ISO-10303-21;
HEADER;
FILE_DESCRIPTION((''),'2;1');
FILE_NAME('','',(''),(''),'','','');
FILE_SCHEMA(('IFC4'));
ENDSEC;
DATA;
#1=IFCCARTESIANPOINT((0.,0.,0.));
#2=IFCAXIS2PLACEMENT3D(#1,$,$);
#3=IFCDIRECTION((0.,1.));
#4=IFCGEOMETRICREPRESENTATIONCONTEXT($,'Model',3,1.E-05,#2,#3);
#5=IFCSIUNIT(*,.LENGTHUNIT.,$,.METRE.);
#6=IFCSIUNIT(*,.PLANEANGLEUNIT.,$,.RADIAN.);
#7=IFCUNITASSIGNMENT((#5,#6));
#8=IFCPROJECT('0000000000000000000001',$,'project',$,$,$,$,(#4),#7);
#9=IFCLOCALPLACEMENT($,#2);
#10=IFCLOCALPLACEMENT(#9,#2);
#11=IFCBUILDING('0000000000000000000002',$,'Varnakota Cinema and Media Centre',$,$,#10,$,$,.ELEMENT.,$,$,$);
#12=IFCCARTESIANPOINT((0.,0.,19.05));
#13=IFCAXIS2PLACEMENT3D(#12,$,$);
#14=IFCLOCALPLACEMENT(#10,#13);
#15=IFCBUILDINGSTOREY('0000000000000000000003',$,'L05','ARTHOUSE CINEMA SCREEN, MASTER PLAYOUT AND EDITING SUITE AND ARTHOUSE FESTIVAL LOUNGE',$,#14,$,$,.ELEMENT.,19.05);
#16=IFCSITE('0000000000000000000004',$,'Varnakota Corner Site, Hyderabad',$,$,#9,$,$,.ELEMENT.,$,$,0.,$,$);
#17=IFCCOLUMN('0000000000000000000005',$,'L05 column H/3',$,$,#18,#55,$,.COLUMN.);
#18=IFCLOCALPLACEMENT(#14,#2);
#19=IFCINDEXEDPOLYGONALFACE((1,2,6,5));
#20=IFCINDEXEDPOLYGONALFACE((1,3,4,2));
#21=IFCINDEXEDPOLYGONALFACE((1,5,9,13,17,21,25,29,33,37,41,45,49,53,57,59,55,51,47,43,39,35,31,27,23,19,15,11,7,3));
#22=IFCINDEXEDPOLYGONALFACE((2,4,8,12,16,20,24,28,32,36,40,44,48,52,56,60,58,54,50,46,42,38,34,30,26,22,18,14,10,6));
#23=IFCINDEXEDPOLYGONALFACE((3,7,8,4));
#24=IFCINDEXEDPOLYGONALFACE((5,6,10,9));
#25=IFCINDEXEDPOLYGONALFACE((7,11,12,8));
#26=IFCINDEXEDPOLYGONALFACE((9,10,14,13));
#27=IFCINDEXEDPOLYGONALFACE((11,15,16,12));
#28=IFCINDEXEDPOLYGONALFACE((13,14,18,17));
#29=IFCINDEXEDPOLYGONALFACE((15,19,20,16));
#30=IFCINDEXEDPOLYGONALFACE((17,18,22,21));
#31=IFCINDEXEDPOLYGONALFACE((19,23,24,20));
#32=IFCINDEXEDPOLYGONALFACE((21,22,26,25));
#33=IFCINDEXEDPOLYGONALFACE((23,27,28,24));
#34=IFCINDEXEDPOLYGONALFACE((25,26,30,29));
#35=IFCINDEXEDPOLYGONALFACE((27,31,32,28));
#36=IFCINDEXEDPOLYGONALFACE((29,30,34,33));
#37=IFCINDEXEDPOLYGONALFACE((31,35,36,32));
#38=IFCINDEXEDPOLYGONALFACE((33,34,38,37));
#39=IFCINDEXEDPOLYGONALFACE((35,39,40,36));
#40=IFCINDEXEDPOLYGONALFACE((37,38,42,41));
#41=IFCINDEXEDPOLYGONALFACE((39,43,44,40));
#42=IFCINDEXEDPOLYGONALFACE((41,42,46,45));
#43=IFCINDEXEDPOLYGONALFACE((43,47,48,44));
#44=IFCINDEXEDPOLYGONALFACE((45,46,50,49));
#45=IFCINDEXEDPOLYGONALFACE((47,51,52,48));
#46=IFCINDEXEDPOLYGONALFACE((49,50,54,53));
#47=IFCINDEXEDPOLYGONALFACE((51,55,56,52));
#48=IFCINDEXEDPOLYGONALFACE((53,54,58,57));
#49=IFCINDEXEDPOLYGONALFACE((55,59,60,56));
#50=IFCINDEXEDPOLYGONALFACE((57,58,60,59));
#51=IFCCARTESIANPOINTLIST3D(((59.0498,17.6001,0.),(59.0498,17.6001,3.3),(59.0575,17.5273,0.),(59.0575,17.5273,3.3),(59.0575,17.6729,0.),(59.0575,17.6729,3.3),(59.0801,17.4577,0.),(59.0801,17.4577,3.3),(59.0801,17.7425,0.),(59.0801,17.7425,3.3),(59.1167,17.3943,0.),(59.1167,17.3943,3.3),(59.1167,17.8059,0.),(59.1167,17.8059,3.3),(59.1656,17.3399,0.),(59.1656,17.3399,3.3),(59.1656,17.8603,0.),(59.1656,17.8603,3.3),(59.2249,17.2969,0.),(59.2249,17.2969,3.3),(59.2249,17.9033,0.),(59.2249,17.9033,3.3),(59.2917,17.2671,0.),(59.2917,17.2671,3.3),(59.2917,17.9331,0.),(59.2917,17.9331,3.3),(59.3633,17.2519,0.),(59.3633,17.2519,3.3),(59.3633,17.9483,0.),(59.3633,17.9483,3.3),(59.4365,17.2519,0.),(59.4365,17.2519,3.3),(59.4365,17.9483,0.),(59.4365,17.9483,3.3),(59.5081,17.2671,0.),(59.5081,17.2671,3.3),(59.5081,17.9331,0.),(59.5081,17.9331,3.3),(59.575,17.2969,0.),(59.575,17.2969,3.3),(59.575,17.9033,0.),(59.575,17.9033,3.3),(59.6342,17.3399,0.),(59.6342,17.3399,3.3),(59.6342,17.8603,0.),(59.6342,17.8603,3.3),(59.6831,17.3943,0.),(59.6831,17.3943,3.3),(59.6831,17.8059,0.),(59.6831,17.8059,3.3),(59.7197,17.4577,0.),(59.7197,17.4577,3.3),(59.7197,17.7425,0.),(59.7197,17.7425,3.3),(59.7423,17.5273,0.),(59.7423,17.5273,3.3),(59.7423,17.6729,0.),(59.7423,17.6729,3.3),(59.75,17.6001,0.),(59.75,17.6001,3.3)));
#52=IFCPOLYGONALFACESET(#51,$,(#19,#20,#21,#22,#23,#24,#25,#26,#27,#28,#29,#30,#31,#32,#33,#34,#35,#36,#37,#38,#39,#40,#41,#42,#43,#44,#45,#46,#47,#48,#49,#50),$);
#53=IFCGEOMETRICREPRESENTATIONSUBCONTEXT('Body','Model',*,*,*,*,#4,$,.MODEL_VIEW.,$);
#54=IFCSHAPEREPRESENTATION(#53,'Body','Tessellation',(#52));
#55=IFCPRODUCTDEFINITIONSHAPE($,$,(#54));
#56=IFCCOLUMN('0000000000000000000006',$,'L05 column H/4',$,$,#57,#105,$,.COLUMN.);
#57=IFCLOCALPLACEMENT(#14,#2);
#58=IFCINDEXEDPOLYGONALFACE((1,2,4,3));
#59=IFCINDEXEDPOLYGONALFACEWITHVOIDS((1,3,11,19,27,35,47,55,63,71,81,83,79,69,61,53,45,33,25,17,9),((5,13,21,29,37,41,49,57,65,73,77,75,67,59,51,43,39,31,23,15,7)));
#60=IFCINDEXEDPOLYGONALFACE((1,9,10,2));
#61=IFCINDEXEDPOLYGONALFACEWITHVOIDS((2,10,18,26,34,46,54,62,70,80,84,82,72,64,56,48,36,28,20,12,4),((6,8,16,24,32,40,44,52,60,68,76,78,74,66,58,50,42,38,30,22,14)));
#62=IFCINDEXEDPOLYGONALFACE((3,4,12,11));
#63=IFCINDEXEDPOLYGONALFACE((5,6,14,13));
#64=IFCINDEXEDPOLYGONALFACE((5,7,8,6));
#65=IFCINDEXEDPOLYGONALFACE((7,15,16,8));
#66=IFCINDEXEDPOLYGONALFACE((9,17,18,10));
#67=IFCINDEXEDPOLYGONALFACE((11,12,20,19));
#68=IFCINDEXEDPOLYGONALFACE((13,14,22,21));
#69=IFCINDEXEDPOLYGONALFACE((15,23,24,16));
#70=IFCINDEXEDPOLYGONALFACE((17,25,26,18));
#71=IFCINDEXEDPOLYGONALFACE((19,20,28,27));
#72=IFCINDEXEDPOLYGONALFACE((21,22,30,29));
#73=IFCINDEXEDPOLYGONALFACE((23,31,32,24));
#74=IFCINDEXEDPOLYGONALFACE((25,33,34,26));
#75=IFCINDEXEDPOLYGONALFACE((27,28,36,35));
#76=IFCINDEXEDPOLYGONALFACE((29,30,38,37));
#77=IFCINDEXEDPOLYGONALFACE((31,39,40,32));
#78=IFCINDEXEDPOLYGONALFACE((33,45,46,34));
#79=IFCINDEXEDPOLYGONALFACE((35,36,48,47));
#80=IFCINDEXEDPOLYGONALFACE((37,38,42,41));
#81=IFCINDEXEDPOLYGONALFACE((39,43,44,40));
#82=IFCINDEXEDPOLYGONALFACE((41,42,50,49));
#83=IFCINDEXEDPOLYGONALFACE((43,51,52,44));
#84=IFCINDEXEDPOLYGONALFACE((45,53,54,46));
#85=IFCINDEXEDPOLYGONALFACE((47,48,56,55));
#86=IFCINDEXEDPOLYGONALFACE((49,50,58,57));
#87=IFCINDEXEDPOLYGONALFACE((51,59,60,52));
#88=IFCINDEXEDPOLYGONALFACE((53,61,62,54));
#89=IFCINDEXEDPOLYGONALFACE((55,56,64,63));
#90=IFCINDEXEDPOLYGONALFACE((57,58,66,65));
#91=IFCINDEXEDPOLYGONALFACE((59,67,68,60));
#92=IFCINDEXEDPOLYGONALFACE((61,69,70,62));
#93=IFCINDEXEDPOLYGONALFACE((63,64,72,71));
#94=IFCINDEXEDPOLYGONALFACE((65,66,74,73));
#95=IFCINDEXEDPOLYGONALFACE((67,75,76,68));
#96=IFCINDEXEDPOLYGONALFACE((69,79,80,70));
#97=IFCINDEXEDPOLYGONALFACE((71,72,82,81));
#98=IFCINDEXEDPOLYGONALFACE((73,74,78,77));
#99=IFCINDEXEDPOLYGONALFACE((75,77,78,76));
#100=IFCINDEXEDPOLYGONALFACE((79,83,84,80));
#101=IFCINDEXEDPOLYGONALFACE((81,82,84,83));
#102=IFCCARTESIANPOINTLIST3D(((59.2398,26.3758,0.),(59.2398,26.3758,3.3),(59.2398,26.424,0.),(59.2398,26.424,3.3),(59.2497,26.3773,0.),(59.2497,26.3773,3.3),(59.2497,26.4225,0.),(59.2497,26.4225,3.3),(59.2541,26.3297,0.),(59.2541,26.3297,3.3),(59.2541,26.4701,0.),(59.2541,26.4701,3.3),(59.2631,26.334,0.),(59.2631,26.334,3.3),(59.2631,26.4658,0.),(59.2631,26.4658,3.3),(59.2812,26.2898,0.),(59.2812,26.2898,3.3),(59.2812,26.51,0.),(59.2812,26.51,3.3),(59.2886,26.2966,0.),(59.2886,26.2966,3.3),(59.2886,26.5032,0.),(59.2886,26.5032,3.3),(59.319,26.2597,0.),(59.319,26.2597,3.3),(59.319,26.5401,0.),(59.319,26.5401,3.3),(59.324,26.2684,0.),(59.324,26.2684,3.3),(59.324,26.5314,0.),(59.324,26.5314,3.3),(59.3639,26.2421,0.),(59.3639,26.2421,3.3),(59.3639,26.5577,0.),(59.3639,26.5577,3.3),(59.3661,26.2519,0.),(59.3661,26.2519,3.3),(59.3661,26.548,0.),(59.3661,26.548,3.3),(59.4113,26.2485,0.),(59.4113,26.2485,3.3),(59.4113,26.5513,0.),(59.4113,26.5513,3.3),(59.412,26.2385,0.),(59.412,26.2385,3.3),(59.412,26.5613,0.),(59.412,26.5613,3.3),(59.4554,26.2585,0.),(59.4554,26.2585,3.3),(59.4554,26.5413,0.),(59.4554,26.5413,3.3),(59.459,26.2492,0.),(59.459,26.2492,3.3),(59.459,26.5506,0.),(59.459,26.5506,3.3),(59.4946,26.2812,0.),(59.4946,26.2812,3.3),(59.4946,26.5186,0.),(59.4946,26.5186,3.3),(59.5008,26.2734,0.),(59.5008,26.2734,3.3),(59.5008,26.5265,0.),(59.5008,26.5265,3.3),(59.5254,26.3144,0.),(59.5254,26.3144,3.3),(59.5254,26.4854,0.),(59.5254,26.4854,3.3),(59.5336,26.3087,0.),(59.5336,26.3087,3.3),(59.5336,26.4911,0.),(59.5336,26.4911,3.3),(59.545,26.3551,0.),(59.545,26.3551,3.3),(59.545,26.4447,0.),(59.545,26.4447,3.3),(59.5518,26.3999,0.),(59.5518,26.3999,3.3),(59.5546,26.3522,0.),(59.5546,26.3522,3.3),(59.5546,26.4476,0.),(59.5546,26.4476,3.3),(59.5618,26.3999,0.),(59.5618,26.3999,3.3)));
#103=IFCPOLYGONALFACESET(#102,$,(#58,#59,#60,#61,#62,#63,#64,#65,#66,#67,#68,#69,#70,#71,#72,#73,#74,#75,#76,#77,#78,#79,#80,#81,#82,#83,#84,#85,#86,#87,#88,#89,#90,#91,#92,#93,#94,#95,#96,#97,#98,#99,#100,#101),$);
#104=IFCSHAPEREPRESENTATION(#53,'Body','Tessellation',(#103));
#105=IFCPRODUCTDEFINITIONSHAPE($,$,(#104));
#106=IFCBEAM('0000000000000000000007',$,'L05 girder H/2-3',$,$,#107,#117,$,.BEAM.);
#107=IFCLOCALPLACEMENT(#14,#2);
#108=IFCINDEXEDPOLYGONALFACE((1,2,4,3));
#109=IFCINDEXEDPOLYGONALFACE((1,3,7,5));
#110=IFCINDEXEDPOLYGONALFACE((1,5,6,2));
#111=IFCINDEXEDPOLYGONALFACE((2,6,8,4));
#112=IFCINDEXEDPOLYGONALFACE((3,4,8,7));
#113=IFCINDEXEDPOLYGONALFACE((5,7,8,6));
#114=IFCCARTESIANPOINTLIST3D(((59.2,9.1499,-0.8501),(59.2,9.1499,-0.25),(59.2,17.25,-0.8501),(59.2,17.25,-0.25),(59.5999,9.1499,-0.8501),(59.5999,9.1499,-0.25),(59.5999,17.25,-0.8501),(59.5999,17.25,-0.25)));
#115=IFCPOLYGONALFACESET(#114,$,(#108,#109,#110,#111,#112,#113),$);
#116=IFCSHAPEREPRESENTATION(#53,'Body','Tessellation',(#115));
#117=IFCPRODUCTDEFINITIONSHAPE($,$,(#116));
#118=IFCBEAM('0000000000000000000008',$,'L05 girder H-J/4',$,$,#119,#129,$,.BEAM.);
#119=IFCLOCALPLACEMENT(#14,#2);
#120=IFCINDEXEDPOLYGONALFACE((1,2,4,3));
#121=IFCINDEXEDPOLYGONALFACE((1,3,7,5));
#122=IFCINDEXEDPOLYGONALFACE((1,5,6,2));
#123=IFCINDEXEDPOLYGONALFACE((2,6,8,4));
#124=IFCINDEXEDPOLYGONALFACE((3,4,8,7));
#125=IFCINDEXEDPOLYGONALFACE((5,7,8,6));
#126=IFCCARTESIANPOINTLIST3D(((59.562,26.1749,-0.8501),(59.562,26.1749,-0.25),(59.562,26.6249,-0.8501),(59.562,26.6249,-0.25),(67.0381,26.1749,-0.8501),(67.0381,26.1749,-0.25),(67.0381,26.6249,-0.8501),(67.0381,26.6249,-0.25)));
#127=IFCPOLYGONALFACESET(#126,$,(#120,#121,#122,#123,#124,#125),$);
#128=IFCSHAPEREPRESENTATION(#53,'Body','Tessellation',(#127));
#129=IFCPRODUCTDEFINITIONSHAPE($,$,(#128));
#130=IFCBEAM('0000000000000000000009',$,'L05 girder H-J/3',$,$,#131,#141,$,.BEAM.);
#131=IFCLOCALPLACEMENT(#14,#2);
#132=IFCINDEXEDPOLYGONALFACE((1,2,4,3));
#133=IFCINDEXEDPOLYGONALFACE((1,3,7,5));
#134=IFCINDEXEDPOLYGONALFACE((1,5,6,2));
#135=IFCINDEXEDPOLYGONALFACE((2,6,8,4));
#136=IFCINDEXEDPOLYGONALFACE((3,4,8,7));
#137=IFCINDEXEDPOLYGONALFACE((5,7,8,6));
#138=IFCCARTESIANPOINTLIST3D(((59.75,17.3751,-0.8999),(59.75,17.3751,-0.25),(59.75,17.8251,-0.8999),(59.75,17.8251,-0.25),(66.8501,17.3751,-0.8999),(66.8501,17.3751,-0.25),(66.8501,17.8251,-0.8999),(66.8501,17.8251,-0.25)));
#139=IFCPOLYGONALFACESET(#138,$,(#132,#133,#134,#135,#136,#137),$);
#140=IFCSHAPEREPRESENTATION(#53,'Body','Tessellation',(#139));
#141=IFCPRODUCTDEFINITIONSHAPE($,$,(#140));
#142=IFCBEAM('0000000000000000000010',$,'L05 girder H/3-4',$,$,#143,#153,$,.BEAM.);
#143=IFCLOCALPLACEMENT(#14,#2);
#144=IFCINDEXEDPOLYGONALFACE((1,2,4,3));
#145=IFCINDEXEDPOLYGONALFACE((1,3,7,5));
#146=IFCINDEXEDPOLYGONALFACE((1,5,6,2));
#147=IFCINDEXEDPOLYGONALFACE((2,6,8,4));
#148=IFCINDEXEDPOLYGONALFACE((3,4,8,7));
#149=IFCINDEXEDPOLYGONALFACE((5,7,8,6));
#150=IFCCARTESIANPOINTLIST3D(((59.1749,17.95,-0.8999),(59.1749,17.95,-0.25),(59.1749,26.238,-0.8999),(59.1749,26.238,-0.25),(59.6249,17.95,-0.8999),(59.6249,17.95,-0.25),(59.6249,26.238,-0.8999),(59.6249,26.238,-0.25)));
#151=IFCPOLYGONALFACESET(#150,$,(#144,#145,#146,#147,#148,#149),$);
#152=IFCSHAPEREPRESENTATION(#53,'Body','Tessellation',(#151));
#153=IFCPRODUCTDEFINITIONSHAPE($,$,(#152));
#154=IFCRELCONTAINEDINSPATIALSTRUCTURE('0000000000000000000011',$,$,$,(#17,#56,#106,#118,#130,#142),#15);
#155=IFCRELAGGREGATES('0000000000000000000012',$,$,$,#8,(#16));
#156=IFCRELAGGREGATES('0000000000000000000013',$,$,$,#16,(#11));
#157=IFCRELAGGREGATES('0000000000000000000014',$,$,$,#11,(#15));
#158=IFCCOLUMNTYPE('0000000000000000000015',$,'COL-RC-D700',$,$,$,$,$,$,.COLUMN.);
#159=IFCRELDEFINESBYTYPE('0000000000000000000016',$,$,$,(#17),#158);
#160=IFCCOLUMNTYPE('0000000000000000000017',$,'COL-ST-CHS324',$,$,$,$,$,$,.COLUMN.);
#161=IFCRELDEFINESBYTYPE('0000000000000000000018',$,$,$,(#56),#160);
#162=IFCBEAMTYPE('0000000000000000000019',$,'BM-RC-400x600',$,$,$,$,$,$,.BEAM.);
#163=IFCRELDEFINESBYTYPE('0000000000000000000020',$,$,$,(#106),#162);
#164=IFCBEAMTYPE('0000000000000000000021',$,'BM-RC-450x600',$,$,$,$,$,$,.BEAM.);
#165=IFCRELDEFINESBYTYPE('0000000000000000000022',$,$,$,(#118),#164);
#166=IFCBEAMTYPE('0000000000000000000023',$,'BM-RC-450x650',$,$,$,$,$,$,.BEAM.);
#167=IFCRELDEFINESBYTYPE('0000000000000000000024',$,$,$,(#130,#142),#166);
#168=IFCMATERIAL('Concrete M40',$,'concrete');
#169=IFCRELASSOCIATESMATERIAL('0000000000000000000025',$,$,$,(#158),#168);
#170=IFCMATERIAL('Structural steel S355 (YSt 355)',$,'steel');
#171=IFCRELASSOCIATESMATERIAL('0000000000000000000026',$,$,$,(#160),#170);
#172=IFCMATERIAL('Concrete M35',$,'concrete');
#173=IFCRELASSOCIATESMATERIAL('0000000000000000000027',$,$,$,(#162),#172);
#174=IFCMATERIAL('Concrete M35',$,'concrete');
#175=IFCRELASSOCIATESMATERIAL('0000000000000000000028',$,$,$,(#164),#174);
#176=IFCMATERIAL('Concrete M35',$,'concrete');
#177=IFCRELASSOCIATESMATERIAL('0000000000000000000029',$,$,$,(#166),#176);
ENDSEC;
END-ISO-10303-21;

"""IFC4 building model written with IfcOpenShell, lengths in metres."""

from ifc_helpers import new_model, si_unit, direction, frame, origin, origin_2d, place, context, subcontext, project, spatial, rectangle, circle, hollow_circle, extrude, material, material_profile, profile_set, type_object, element, save


model = new_model("IFC4")

# Units and contexts
model_context = context("Model", 3, precision=1e-05, world=origin(), true_north=direction((0.0, 1.0)))
body_context = subcontext(model_context, "Body", "Model", "MODEL_VIEW")
ifc_project = project(units=[si_unit("LENGTHUNIT", "METRE"), si_unit("PLANEANGLEUNIT", "RADIAN")], contexts=[model_context])

# Site, building, storey
site_placement = place(None, origin())
site = spatial("IfcSite", under=ifc_project, at=site_placement, Name="Varnakota Corner Site, Hyderabad", CompositionType="ELEMENT", RefElevation=0.0)
building_placement = place(site_placement, origin())
building = spatial("IfcBuilding", under=site, at=building_placement, Name="Varnakota Cinema and Media Centre", CompositionType="ELEMENT")
storey_placement = place(building_placement, frame((0.0, 0.0, 19.05)))
storey = spatial("IfcBuildingStorey", under=building, at=storey_placement, Name="L05", Description="ARTHOUSE CINEMA SCREEN, MASTER PLAYOUT AND EDITING SUITE AND ARTHOUSE FESTIVAL LOUNGE", CompositionType="ELEMENT", Elevation=19.05)

# Columns
ifc_material_1 = material(Name="Concrete M40", Category="concrete")
ifc_material_profile_1 = material_profile(ifc_material_1, circle(Radius=0.3501, at=origin_2d()), Name="RC D700")
ifc_profile_set_1 = profile_set([ifc_material_profile_1], Name="Concrete M40")
column_type_1 = type_object("IfcColumnType", Name="COL-RC-D700", PredefinedType="COLUMN", material=ifc_profile_set_1)
column_1_placement = place(storey_placement, frame((59.3999, 17.6001, 0.0), z_axis=(0.0, 0.0, 1.0), x_axis=(1.0, 0.0, 0.0)))
element("IfcColumn", 1, at=column_1_placement, inside=storey, type_object=column_type_1, Name="L05 column H/3", PredefinedType="COLUMN", context=body_context, shape_type="SweptSolid", body=[
    extrude(circle(Radius=0.3501, at=origin_2d()), origin(), (0.0, 0.0, 1.0), 3.3),
])
ifc_material_2 = material(Name="Structural steel S355 (YSt 355)", Category="steel")
ifc_material_profile_2 = material_profile(ifc_material_2, hollow_circle(Radius=0.1619, WallThickness=0.01, at=origin_2d()), Name="CHS 323.9x10.0")
ifc_profile_set_2 = profile_set([ifc_material_profile_2], Name="Structural steel S355 (YSt 355)")
column_type_2 = type_object("IfcColumnType", Name="COL-ST-CHS324", PredefinedType="COLUMN", material=ifc_profile_set_2)
column_2_placement = place(storey_placement, frame((59.3999, 26.3999, 0.0), z_axis=(0.0, 0.0, 1.0), x_axis=(1.0, 0.0, 0.0)))
element("IfcColumn", 2, at=column_2_placement, inside=storey, type_object=column_type_2, Name="L05 column H/4", PredefinedType="COLUMN", context=body_context, shape_type="SweptSolid", body=[
    extrude(hollow_circle(Radius=0.1619, WallThickness=0.01, at=origin_2d()), origin(), (0.0, 0.0, 1.0), 3.3),
])

# Beams
ifc_material_3 = material(Name="Concrete M35", Category="concrete")
ifc_material_profile_3 = material_profile(ifc_material_3, rectangle(XDim=0.3999, YDim=0.6001, at=origin_2d()), Name="RCB 400x600")
ifc_profile_set_3 = profile_set([ifc_material_profile_3], Name="Concrete M35")
beam_type_1 = type_object("IfcBeamType", Name="BM-RC-400x600", PredefinedType="BEAM", material=ifc_profile_set_3)
beam_1_placement = place(storey_placement, frame((59.3999, 9.1499, -0.55), z_axis=(0.0, 1.0, 0.0), x_axis=(-1.0, 0.0, 0.0)))
element("IfcBeam", 3, at=beam_1_placement, inside=storey, type_object=beam_type_1, Name="L05 girder H/2-3", PredefinedType="BEAM", context=body_context, shape_type="SweptSolid", body=[
    extrude(rectangle(XDim=0.3999, YDim=0.6001, at=origin_2d()), origin(), (0.0, 0.0, 1.0), 8.1001),
])
ifc_material_4 = material(Name="Concrete M35", Category="concrete")
ifc_material_profile_4 = material_profile(ifc_material_4, rectangle(XDim=0.45, YDim=0.6001, at=origin_2d()), Name="RCB 450x600")
ifc_profile_set_4 = profile_set([ifc_material_profile_4], Name="Concrete M35")
beam_type_2 = type_object("IfcBeamType", Name="BM-RC-450x600", PredefinedType="BEAM", material=ifc_profile_set_4)
beam_2_placement = place(storey_placement, frame((59.562, 26.3999, -0.55), z_axis=(1.0, 0.0, 0.0), x_axis=(0.0, 1.0, 0.0)))
element("IfcBeam", 4, at=beam_2_placement, inside=storey, type_object=beam_type_2, Name="L05 girder H-J/4", PredefinedType="BEAM", context=body_context, shape_type="SweptSolid", body=[
    extrude(rectangle(XDim=0.45, YDim=0.6001, at=origin_2d()), origin(), (0.0, 0.0, 1.0), 7.4761),
])
ifc_material_5 = material(Name="Concrete M35", Category="concrete")
ifc_material_profile_5 = material_profile(ifc_material_5, rectangle(XDim=0.45, YDim=0.6499, at=origin_2d()), Name="RCB 450x650")
ifc_profile_set_5 = profile_set([ifc_material_profile_5], Name="Concrete M35")
beam_type_3 = type_object("IfcBeamType", Name="BM-RC-450x650", PredefinedType="BEAM", material=ifc_profile_set_5)
beam_3_placement = place(storey_placement, frame((59.75, 17.6001, -0.575), z_axis=(1.0, 0.0, 0.0), x_axis=(0.0, 1.0, 0.0)))
element("IfcBeam", 5, at=beam_3_placement, inside=storey, type_object=beam_type_3, Name="L05 girder H-J/3", PredefinedType="BEAM", context=body_context, shape_type="SweptSolid", body=[
    extrude(rectangle(XDim=0.45, YDim=0.6499, at=origin_2d()), origin(), (0.0, 0.0, 1.0), 7.1001),
])
beam_4_placement = place(storey_placement, frame((59.3999, 17.95, -0.575), z_axis=(0.0, 1.0, 0.0), x_axis=(-1.0, 0.0, 0.0)))
element("IfcBeam", 6, at=beam_4_placement, inside=storey, type_object=beam_type_3, Name="L05 girder H/3-4", PredefinedType="BEAM", context=body_context, shape_type="SweptSolid", body=[
    extrude(rectangle(XDim=0.45, YDim=0.6499, at=origin_2d()), origin(), (0.0, 0.0, 1.0), 8.2881),
])

save(model, "model.ifc")
